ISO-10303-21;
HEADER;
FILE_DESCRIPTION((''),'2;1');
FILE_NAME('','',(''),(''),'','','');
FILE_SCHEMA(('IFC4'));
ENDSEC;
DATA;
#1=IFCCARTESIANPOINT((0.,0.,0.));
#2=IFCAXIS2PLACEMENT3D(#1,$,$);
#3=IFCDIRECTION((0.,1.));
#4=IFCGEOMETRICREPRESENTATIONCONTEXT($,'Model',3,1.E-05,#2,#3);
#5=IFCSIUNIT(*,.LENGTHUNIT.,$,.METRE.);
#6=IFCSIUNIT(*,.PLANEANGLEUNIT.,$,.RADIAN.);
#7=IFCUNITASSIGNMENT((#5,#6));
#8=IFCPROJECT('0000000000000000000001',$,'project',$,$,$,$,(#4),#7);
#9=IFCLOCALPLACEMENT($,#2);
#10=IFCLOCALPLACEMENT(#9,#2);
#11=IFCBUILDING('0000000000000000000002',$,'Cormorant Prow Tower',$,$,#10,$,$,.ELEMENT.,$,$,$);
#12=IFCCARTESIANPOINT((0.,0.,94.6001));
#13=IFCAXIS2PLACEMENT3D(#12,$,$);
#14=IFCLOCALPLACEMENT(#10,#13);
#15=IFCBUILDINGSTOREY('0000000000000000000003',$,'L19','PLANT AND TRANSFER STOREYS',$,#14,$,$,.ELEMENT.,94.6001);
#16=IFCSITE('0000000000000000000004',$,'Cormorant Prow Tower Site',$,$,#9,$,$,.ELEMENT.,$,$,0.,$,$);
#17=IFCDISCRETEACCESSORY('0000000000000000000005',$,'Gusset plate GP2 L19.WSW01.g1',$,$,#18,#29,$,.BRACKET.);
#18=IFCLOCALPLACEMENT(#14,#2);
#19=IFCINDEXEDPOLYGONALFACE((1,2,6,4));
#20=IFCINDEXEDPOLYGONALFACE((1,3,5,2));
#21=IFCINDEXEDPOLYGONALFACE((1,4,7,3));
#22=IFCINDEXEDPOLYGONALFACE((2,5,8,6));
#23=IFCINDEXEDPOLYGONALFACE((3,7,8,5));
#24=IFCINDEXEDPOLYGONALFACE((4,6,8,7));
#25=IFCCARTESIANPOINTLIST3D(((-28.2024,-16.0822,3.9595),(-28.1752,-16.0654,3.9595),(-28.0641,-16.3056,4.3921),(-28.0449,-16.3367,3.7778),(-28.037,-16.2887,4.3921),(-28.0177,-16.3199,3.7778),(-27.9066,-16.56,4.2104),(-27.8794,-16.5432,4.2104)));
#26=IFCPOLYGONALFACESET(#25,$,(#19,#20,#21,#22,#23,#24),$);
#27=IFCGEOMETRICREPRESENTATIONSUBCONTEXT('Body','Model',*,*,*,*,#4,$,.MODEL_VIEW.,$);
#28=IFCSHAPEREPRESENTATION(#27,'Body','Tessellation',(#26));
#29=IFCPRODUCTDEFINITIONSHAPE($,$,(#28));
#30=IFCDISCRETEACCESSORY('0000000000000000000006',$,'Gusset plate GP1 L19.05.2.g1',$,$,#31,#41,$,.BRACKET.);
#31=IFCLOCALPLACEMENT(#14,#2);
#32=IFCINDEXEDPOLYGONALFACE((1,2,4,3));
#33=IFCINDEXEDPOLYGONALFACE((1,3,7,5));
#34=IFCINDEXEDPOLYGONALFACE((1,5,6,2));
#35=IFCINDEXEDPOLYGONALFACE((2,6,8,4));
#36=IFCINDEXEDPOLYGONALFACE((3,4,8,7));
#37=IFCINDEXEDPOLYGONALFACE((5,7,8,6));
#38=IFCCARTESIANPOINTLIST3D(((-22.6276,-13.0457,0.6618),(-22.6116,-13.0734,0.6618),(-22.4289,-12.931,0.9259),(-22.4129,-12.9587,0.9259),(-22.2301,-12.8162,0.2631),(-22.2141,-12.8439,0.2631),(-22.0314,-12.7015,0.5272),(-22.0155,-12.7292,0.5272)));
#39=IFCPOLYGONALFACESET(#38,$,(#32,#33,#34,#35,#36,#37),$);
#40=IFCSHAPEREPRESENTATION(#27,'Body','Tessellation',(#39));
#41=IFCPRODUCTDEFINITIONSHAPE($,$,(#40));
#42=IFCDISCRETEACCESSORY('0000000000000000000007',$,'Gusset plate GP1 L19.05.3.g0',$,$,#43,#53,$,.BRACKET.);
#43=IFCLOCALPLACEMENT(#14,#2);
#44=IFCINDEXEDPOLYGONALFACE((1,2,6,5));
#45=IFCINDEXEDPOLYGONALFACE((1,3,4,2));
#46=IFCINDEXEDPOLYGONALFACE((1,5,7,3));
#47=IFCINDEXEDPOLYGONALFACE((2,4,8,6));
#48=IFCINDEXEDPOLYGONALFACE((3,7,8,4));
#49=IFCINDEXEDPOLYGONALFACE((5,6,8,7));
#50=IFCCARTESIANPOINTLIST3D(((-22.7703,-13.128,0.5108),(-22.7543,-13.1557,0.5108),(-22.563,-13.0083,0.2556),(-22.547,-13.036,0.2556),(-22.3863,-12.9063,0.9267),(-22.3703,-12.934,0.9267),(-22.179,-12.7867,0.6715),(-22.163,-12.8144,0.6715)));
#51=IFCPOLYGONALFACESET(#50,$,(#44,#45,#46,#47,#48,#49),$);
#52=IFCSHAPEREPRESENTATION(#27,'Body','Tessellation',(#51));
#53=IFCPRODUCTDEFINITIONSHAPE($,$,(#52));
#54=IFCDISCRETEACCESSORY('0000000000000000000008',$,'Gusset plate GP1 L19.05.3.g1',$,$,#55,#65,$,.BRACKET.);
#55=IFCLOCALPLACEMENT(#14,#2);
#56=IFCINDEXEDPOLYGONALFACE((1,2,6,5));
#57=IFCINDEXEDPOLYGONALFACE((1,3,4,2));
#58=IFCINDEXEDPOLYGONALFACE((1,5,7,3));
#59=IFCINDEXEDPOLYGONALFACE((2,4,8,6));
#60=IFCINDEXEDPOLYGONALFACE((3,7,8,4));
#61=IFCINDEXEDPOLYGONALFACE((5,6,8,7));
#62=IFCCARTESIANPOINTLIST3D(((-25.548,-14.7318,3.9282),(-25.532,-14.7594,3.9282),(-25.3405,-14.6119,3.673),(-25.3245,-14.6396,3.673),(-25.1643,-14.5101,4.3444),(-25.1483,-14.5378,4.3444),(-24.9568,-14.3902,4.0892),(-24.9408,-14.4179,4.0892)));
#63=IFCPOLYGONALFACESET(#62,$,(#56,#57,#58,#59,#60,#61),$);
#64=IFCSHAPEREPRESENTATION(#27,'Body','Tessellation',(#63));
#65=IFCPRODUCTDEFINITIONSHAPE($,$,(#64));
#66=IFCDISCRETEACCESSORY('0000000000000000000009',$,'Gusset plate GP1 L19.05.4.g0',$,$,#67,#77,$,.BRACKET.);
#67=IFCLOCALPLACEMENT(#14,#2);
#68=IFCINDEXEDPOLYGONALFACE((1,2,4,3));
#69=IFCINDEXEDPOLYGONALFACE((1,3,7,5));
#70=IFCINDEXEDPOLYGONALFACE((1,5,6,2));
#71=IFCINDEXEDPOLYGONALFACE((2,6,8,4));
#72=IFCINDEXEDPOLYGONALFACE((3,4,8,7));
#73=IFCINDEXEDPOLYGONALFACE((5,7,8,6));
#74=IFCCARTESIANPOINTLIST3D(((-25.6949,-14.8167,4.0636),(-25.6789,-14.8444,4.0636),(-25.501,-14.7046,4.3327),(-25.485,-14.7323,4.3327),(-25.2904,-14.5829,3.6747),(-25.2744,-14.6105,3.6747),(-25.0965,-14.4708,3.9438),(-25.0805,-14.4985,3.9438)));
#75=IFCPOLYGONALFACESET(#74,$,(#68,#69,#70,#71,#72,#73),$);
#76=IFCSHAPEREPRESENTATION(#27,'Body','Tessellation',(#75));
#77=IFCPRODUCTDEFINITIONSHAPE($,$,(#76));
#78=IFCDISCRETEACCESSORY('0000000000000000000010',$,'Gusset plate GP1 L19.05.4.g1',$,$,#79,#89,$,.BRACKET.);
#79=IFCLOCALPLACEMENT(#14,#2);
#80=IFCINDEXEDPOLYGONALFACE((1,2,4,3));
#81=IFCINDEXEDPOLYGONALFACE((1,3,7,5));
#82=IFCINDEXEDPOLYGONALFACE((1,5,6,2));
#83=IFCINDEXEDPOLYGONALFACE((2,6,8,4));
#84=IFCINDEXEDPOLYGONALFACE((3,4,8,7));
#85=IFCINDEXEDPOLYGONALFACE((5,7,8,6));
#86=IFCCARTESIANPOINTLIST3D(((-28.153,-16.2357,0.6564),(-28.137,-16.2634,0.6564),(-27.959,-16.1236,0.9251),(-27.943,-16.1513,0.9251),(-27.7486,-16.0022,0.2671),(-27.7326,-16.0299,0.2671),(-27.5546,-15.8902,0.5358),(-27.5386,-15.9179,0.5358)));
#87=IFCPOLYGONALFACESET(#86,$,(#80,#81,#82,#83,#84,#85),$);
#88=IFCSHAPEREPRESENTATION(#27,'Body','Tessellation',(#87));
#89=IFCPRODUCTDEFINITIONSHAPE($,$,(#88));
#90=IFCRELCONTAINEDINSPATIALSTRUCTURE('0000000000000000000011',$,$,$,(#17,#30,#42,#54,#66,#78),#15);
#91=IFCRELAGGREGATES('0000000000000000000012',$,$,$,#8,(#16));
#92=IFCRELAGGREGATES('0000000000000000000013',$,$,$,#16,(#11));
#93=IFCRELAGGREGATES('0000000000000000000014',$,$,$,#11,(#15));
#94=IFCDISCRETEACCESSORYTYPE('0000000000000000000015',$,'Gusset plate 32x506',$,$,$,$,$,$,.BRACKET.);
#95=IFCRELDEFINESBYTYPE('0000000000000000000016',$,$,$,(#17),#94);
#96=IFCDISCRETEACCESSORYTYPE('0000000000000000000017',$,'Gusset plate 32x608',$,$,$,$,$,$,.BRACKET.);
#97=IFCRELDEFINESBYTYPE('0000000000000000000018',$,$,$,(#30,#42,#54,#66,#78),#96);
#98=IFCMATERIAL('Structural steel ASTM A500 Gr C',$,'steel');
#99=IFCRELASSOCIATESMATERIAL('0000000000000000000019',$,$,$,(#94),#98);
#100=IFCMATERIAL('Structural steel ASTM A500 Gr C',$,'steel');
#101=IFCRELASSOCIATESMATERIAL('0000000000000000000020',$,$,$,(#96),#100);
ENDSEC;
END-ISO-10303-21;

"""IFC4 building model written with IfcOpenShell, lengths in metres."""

from ifc_helpers import new_model, si_unit, direction, frame, origin, origin_2d, place, context, subcontext, project, spatial, rectangle, extrude, material, material_profile, profile_set, type_object, element, save


model = new_model("IFC4")

# Units and contexts
model_context = context("Model", 3, precision=1e-05, world=origin(), true_north=direction((0.0, 1.0)))
body_context = subcontext(model_context, "Body", "Model", "MODEL_VIEW")
ifc_project = project(units=[si_unit("LENGTHUNIT", "METRE"), si_unit("PLANEANGLEUNIT", "RADIAN")], contexts=[model_context])

# Site, building, storey
site_placement = place(None, origin())
site = spatial("IfcSite", under=ifc_project, at=site_placement, Name="Cormorant Prow Tower Site", CompositionType="ELEMENT", RefElevation=0.0)
building_placement = place(site_placement, origin())
building = spatial("IfcBuilding", under=site, at=building_placement, Name="Cormorant Prow Tower", CompositionType="ELEMENT")
storey_placement = place(building_placement, frame((0.0, 0.0, 94.6001)))
storey = spatial("IfcBuildingStorey", under=building, at=storey_placement, Name="L19", Description="PLANT AND TRANSFER STOREYS", CompositionType="ELEMENT", Elevation=94.6001)

# Discrete accessories
ifc_material_1 = material(Name="Structural steel ASTM A500 Gr C", Category="steel")
ifc_material_profile_1 = material_profile(ifc_material_1, rectangle(XDim=0.032, YDim=0.5061, at=origin_2d()), Name="Gusset plate 32x506")
ifc_profile_set_1 = profile_set([ifc_material_profile_1], Name="Structural steel ASTM A500 Gr C")
discrete_accessory_type_1 = type_object("IfcDiscreteAccessoryType", Name="Gusset plate 32x506", PredefinedType="BRACKET", material=ifc_profile_set_1)
for number, where, z_axis, x_axis, name in (
    (1, (-27.9622, -16.4399, 3.9941), (-0.449904, 0.726821, 0.518959), (-0.850283, -0.526327, 0.0), "Gusset plate GP2 L19.WSW01.g1"),
):
    element("IfcDiscreteAccessory", number, at=place(storey_placement, frame(where, z_axis=z_axis, x_axis=x_axis)), inside=storey, type_object=discrete_accessory_type_1, Name=name, PredefinedType="BRACKET", context=body_context, shape_type="SweptSolid", body=[
        extrude(rectangle(XDim=0.032, YDim=0.5061, at=origin_2d()), origin(), (0.0, 0.0, 1.0), 0.3501),
    ])
ifc_material_2 = material(Name="Structural steel ASTM A500 Gr C", Category="steel")
ifc_material_profile_2 = material_profile(ifc_material_2, rectangle(XDim=0.032, YDim=0.6079, at=origin_2d()), Name="Gusset plate 32x608")
ifc_profile_set_2 = profile_set([ifc_material_profile_2], Name="Structural steel ASTM A500 Gr C")
discrete_accessory_type_2 = type_object("IfcDiscreteAccessoryType", Name="Gusset plate 32x608", PredefinedType="BRACKET", material=ifc_profile_set_2)
for number, where, z_axis, x_axis, name in (
    (2, (-22.2222, -12.8301, 0.7266), (-0.567938, -0.327925, -0.754925), (0.500029, -0.866008, 0.0), "Gusset plate GP1 L19.05.2.g1"),
    (3, (-22.5703, -13.031, 0.7188), (0.592545, 0.341987, -0.729339), (-0.49987, 0.866101, 0.0), "Gusset plate GP1 L19.05.3.g0"),
):
    element("IfcDiscreteAccessory", number, at=place(storey_placement, frame(where, z_axis=z_axis, x_axis=x_axis)), inside=storey, type_object=discrete_accessory_type_2, Name=name, PredefinedType="BRACKET", context=body_context, shape_type="SweptSolid", body=[
        extrude(rectangle(XDim=0.032, YDim=0.6079, at=origin_2d()), origin(), (0.0, 0.0, 1.0), 0.3499),
    ])
for number, where, z_axis, x_axis, name in (
    (4, (-25.1406, -14.5149, 3.8811), (-0.592856, -0.342461, 0.728864), (0.500193, -0.865914, 0.0), "Gusset plate GP1 L19.05.3.g1"),
    (5, (-25.4846, -14.7136, 3.8691), (0.553808, 0.320149, 0.768636), (-0.500477, 0.86575, 0.0), "Gusset plate GP1 L19.05.4.g0"),
):
    element("IfcDiscreteAccessory", number, at=place(storey_placement, frame(where, z_axis=z_axis, x_axis=x_axis)), inside=storey, type_object=discrete_accessory_type_2, Name=name, PredefinedType="BRACKET", context=body_context, shape_type="SweptSolid", body=[
        extrude(rectangle(XDim=0.032, YDim=0.6079, at=origin_2d()), origin(), (0.0, 0.0, 1.0), 0.3501),
    ])
discrete_accessory_1_placement = place(storey_placement, frame((-27.7488, -16.0208, 0.7305), z_axis=(-0.554589, -0.320197, -0.768053), x_axis=(0.500005, -0.866022, 0.0)))
element("IfcDiscreteAccessory", 6, at=discrete_accessory_1_placement, inside=storey, type_object=discrete_accessory_type_2, Name="Gusset plate GP1 L19.05.4.g1", PredefinedType="BRACKET", context=body_context, shape_type="SweptSolid", body=[
    extrude(rectangle(XDim=0.032, YDim=0.6079, at=origin_2d()), origin(), (0.0, 0.0, 1.0), 0.3499),
])

save(model, "model.ifc")
